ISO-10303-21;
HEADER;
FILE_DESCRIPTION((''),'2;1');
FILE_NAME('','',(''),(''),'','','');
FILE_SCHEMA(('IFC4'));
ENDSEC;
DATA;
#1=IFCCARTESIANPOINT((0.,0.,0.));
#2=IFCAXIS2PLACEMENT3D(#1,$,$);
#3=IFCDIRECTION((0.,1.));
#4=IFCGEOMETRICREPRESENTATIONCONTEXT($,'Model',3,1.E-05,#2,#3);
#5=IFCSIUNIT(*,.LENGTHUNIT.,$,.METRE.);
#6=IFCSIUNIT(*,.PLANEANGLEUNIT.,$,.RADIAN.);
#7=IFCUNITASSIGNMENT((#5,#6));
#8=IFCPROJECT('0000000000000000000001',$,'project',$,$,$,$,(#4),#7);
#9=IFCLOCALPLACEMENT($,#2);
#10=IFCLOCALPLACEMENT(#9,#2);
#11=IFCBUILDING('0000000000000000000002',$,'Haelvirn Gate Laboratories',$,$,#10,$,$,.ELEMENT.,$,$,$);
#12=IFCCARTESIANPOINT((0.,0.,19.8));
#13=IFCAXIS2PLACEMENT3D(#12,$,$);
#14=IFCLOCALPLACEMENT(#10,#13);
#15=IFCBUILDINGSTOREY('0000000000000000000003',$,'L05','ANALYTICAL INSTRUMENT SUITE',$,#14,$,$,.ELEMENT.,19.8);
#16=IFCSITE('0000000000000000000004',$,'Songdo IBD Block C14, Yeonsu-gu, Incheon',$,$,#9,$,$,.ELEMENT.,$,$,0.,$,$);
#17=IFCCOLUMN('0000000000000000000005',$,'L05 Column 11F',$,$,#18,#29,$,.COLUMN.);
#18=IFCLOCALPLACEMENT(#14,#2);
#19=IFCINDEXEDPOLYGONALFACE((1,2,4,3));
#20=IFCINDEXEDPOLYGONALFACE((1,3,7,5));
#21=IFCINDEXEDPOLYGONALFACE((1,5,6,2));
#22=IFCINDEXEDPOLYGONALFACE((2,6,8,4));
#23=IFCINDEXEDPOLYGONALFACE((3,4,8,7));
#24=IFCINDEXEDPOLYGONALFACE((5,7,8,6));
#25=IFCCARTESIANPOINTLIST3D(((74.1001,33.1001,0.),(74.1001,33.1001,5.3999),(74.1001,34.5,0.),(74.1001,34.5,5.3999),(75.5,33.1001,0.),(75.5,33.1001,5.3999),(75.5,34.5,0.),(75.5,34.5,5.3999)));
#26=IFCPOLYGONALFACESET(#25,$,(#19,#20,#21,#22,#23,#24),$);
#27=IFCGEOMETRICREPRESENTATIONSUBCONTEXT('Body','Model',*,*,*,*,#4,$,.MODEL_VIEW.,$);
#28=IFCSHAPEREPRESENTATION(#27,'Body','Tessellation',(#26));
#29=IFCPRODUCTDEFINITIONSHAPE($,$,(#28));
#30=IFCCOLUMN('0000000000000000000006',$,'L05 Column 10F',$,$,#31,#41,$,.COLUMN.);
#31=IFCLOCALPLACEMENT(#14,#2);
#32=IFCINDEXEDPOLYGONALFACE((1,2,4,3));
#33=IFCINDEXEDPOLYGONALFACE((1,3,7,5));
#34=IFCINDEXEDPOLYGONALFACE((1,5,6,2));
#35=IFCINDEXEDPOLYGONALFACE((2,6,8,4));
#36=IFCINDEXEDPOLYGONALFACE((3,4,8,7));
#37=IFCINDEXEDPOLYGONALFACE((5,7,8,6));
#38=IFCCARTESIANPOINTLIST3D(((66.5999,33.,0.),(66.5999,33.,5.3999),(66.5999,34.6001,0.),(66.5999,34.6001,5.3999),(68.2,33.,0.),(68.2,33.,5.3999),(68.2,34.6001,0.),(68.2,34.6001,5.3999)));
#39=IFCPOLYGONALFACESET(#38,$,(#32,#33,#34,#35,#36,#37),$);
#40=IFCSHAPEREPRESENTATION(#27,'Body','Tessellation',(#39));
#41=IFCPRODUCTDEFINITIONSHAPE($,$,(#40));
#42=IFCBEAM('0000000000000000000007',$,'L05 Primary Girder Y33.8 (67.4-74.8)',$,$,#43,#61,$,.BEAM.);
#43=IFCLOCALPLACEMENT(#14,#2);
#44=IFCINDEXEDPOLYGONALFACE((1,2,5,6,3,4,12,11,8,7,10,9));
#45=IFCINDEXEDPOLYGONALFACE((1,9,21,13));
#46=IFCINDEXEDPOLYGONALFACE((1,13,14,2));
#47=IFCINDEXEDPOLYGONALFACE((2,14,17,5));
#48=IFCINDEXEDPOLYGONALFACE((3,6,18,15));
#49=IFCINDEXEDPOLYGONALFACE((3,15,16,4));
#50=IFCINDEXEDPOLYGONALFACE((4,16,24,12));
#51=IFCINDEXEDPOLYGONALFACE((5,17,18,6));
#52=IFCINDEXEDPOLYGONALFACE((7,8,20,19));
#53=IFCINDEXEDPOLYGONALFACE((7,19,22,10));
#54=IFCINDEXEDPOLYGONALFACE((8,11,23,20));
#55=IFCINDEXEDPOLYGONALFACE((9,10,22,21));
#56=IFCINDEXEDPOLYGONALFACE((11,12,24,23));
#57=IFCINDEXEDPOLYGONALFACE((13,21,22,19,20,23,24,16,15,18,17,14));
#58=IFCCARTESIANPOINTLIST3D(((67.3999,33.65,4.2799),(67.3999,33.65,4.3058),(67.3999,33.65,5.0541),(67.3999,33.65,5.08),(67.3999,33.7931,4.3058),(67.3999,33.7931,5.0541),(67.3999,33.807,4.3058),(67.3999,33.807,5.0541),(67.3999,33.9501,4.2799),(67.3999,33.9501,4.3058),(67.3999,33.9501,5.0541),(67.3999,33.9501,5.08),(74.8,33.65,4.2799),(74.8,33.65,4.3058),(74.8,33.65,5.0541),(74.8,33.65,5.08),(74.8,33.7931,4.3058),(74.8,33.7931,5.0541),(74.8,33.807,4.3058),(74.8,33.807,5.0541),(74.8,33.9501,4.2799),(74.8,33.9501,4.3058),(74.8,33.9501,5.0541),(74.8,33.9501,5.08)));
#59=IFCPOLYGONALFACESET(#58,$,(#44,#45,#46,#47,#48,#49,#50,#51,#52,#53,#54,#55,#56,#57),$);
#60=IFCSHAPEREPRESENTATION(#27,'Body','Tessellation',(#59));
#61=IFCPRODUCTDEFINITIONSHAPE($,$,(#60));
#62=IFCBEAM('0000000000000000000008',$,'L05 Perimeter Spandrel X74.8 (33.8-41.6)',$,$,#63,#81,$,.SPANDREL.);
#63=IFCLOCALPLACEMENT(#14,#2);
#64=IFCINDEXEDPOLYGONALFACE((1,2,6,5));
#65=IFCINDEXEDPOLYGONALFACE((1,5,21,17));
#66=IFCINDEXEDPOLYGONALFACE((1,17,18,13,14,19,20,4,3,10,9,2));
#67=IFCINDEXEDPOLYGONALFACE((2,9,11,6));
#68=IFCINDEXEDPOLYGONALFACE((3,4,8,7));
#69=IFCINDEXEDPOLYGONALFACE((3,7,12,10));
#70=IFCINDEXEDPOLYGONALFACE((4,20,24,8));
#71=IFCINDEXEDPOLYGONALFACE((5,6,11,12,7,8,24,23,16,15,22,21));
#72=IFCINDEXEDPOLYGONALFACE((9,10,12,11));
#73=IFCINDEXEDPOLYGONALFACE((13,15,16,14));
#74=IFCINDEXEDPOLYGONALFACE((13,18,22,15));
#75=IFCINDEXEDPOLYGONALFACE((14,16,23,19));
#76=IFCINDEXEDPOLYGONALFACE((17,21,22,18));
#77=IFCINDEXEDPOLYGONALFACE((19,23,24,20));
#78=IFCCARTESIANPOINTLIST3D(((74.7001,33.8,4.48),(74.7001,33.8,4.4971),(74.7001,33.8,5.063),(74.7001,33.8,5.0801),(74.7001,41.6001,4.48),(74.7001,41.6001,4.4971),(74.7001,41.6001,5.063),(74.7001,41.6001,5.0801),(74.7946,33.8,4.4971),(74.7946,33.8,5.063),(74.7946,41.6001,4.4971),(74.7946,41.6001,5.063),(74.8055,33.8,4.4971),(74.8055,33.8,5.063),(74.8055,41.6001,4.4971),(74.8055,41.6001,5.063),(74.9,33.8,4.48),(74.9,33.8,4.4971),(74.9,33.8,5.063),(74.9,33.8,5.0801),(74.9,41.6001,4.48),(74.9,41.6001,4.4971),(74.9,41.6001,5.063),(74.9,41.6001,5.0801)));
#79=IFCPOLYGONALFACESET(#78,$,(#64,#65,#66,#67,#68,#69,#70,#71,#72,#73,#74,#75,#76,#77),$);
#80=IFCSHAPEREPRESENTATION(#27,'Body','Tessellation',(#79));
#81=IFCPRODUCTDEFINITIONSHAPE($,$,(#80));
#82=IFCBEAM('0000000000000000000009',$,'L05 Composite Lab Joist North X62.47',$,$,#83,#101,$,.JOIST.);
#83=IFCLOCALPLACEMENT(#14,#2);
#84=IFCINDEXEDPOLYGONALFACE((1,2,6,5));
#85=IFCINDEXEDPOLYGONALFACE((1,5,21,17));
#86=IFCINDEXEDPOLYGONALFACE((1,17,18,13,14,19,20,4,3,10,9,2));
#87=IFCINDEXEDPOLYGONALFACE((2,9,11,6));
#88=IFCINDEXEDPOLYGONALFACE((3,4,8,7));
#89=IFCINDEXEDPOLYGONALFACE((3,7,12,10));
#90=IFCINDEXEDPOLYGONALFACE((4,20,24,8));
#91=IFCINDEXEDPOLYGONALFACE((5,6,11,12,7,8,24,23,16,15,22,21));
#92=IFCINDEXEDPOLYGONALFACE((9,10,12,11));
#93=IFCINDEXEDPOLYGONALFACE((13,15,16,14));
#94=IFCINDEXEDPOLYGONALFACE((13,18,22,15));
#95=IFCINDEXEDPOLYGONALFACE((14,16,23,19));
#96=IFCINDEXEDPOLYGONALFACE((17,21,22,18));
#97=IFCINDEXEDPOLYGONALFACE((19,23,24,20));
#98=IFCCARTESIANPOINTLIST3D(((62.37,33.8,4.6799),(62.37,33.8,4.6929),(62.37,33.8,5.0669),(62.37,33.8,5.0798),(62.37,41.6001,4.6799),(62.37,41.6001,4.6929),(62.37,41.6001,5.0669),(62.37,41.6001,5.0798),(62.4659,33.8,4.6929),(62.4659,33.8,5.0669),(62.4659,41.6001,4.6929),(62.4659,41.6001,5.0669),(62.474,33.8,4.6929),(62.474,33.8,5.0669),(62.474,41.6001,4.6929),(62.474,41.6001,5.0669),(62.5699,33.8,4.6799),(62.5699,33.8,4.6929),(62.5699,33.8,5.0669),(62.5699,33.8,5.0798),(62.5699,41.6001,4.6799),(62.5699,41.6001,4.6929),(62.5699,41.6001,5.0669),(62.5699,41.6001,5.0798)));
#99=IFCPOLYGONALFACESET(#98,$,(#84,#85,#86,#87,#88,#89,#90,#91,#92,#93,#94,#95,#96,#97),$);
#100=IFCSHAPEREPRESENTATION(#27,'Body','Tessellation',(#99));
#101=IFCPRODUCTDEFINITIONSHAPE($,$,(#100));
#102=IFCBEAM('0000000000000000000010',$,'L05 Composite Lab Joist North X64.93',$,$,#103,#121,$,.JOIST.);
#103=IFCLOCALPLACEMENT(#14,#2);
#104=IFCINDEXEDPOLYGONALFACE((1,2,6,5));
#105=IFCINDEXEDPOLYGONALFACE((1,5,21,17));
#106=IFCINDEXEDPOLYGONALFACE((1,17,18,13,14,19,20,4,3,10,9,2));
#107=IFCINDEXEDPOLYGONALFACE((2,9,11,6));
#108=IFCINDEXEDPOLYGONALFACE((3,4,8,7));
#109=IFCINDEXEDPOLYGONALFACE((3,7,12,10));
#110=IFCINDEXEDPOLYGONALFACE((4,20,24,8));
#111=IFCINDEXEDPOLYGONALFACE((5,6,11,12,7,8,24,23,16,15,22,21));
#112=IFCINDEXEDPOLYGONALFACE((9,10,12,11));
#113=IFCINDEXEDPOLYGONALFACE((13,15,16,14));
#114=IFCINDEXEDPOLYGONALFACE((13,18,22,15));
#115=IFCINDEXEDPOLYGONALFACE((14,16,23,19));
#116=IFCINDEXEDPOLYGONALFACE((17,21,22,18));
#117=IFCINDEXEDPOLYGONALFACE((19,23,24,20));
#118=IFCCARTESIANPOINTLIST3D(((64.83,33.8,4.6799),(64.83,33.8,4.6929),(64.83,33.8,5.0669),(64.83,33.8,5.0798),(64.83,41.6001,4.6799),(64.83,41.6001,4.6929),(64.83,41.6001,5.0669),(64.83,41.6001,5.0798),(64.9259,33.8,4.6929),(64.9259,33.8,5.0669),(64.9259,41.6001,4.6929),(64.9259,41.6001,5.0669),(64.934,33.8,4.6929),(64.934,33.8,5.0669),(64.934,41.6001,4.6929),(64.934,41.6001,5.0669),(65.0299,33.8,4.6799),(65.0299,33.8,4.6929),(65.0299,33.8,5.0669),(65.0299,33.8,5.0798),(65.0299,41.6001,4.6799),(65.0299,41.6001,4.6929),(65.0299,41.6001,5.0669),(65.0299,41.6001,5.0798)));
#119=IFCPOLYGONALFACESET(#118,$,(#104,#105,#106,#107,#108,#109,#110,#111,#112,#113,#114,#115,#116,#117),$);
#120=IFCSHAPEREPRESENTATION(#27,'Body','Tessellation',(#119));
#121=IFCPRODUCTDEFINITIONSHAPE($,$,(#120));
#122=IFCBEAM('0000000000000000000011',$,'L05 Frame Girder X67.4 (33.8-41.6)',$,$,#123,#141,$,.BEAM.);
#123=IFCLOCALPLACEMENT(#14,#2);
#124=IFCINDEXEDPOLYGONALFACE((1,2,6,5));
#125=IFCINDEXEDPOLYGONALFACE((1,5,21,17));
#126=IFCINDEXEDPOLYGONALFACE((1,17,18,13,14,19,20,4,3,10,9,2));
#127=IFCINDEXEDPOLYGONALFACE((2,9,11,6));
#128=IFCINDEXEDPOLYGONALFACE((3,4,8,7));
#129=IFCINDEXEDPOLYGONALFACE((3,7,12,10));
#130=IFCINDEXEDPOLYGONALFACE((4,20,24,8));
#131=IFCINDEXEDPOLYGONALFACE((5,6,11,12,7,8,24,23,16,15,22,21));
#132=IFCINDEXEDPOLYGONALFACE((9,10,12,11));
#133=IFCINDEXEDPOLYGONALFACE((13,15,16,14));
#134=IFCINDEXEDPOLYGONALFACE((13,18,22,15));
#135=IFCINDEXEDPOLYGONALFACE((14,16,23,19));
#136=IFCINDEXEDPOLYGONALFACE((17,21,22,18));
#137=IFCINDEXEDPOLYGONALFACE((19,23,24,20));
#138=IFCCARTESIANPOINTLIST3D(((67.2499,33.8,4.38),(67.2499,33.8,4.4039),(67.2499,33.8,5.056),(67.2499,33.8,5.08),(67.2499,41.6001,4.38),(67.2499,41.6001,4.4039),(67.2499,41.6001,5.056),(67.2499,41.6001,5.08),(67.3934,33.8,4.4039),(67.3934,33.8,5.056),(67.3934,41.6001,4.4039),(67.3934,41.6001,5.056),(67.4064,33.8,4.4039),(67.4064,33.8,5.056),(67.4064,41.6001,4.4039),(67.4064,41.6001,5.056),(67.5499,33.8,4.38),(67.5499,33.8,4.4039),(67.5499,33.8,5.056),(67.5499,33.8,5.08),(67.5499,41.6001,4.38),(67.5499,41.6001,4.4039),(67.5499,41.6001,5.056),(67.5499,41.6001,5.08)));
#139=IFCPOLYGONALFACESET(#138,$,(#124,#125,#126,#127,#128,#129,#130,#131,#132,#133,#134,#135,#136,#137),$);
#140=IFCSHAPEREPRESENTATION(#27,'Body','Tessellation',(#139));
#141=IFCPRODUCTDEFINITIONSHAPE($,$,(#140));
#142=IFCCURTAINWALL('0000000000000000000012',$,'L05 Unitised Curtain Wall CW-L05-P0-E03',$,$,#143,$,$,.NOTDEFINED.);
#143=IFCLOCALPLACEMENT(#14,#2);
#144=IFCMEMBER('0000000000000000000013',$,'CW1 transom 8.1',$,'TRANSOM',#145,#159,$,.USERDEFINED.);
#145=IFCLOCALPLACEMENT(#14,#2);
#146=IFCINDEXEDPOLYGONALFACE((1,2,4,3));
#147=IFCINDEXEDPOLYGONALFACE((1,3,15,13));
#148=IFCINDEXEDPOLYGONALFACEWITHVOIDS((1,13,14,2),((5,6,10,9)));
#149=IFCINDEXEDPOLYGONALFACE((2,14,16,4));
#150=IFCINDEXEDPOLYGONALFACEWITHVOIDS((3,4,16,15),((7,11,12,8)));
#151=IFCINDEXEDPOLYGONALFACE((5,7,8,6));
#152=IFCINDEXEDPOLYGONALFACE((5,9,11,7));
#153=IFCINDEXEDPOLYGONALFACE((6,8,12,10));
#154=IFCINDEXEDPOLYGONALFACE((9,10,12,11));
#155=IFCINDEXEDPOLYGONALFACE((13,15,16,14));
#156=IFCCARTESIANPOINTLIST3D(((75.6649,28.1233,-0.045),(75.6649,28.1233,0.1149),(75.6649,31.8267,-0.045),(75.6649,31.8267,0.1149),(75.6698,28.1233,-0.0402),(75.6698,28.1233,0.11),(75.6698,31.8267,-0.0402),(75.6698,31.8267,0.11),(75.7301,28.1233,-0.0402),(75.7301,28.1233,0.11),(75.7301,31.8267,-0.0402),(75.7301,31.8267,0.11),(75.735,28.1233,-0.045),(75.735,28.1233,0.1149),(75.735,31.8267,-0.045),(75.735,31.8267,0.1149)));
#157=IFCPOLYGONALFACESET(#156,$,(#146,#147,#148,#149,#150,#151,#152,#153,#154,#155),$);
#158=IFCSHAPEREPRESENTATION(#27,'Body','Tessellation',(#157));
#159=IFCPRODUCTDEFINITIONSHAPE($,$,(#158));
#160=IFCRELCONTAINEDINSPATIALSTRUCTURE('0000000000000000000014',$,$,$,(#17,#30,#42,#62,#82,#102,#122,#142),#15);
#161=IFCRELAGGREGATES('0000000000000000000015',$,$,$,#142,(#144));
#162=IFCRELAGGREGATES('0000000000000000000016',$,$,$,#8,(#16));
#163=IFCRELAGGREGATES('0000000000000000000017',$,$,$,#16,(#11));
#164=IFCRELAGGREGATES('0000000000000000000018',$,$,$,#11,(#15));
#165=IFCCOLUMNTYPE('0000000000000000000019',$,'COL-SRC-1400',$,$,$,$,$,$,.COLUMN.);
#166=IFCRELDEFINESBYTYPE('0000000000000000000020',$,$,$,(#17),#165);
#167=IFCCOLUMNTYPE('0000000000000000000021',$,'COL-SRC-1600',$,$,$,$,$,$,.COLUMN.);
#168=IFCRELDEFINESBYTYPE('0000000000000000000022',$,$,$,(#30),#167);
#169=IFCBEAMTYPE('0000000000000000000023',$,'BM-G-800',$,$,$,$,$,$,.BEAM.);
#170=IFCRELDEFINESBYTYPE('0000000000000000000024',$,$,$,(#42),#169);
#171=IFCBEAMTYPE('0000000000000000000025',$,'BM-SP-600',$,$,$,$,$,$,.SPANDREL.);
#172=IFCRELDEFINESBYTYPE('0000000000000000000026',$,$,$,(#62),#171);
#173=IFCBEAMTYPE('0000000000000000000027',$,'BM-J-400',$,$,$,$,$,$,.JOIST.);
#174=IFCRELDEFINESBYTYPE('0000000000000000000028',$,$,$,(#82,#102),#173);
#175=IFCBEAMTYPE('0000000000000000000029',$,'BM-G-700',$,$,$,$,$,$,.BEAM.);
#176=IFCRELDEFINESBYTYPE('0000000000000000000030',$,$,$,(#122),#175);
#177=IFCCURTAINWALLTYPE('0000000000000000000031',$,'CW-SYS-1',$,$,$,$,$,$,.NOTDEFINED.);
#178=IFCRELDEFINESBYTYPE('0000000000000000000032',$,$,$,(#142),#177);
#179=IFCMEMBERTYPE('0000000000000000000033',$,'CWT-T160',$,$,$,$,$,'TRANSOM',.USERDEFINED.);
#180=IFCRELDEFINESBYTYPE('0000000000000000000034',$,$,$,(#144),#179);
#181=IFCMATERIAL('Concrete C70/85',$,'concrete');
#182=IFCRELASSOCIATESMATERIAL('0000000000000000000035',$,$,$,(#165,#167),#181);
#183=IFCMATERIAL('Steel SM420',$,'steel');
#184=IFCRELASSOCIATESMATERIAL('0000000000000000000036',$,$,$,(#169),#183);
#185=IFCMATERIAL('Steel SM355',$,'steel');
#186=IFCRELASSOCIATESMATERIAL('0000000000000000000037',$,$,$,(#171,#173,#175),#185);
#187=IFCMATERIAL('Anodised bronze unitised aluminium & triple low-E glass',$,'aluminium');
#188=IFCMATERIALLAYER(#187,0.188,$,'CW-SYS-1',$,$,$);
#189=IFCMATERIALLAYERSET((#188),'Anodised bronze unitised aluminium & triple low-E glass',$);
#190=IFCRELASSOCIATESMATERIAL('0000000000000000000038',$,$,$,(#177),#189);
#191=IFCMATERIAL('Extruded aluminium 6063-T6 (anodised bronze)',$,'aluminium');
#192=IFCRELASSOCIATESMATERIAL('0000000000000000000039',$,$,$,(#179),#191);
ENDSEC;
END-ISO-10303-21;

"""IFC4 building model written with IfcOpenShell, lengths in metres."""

from ifc_helpers import new_model, si_unit, direction, frame, origin, origin_2d, place, context, subcontext, project, spatial, rectangle, hollow_rectangle, i_section, extrude, source, transform, mapped, material, layer, layer_set, material_profile, profile_set, type_object, type_shapes, element, aggregate, save


model = new_model("IFC4")

# Units and contexts
model_context = context("Model", 3, precision=1e-05, world=origin(), true_north=direction((0.0, 1.0)))
body_context = subcontext(model_context, "Body", "Model", "MODEL_VIEW")
ifc_project = project(units=[si_unit("LENGTHUNIT", "METRE"), si_unit("PLANEANGLEUNIT", "RADIAN")], contexts=[model_context])

# Site, building, storey
site_placement = place(None, origin())
site = spatial("IfcSite", under=ifc_project, at=site_placement, Name="Songdo IBD Block C14, Yeonsu-gu, Incheon", CompositionType="ELEMENT", RefElevation=0.0)
building_placement = place(site_placement, origin())
building = spatial("IfcBuilding", under=site, at=building_placement, Name="Haelvirn Gate Laboratories", CompositionType="ELEMENT")
storey_placement = place(building_placement, frame((0.0, 0.0, 19.8)))
storey = spatial("IfcBuildingStorey", under=building, at=storey_placement, Name="L05", Description="ANALYTICAL INSTRUMENT SUITE", CompositionType="ELEMENT", Elevation=19.8)

# Columns
ifc_material_1 = material(Name="Concrete C70/85", Category="concrete")
ifc_material_profile_1 = material_profile(ifc_material_1, rectangle(XDim=1.3999, YDim=1.3999, at=origin_2d()), Name="SRC-1400x1400")
ifc_profile_set_1 = profile_set([ifc_material_profile_1], Name="Concrete C70/85")
column_type_1 = type_object("IfcColumnType", Name="COL-SRC-1400", PredefinedType="COLUMN", material=ifc_profile_set_1)
shared_shape_1 = source(origin(), body_context, "Body", "SweptSolid", [
    extrude(rectangle(XDim=1.3999, YDim=1.3999, at=origin_2d()), origin(), (0.0, 0.0, 1.0), 5.3999),
])
type_shapes(column_type_1, [shared_shape_1])
column_1_placement = place(storey_placement, frame((74.8, 33.8, 0.0), z_axis=(0.0, 0.0, 1.0), x_axis=(1.0, 0.0, 0.0)))
element("IfcColumn", 1, at=column_1_placement, inside=storey, type_object=column_type_1, Name="L05 Column 11F", PredefinedType="COLUMN", context=body_context, shape_type="MappedRepresentation", body=[
    mapped(shared_shape_1, transform((0.0, 0.0, 0.0), scale=1.0)),
])
ifc_material_profile_2 = material_profile(ifc_material_1, rectangle(XDim=1.6001, YDim=1.6001, at=origin_2d()), Name="SRC-1600x1600")
ifc_profile_set_2 = profile_set([ifc_material_profile_2], Name="Concrete C70/85")
column_type_2 = type_object("IfcColumnType", Name="COL-SRC-1600", PredefinedType="COLUMN", material=ifc_profile_set_2)
shared_shape_2 = source(origin(), body_context, "Body", "SweptSolid", [
    extrude(rectangle(XDim=1.6001, YDim=1.6001, at=origin_2d()), origin(), (0.0, 0.0, 1.0), 5.3999),
])
type_shapes(column_type_2, [shared_shape_2])
column_2_placement = place(storey_placement, frame((67.3999, 33.8, 0.0), z_axis=(0.0, 0.0, 1.0), x_axis=(1.0, 0.0, 0.0)))
element("IfcColumn", 2, at=column_2_placement, inside=storey, type_object=column_type_2, Name="L05 Column 10F", PredefinedType="COLUMN", context=body_context, shape_type="MappedRepresentation", body=[
    mapped(shared_shape_2, transform((0.0, 0.0, 0.0), scale=1.0)),
])

# Beams
ifc_material_2 = material(Name="Steel SM420", Category="steel")
ifc_material_profile_3 = material_profile(ifc_material_2, i_section(OverallWidth=0.3, OverallDepth=0.8, WebThickness=0.0139, FlangeThickness=0.0259, at=origin_2d()), Name="H-800x300x14x26")
ifc_profile_set_3 = profile_set([ifc_material_profile_3], Name="Steel SM420")
beam_type_1 = type_object("IfcBeamType", Name="BM-G-800", PredefinedType="BEAM", material=ifc_profile_set_3)
shared_shape_3 = source(origin(), body_context, "Body", "SweptSolid", [
    extrude(i_section(OverallWidth=0.3, OverallDepth=0.8, WebThickness=0.0139, FlangeThickness=0.0259, at=origin_2d()), origin(), (0.0, 0.0, 1.0), 7.4001),
])
type_shapes(beam_type_1, [shared_shape_3])
beam_1_placement = place(storey_placement, frame((67.3999, 33.8, 4.6799), z_axis=(1.0, 0.0, 0.0), x_axis=(0.0, 1.0, 0.0)))
element("IfcBeam", 3, at=beam_1_placement, inside=storey, type_object=beam_type_1, Name="L05 Primary Girder Y33.8 (67.4-74.8)", PredefinedType="BEAM", context=body_context, shape_type="MappedRepresentation", body=[
    mapped(shared_shape_3, transform((0.0, 0.0, 0.0), scale=1.0)),
])
ifc_material_3 = material(Name="Steel SM355", Category="steel")
ifc_material_profile_4 = material_profile(ifc_material_3, i_section(OverallWidth=0.2, OverallDepth=0.6001, WebThickness=0.011, FlangeThickness=0.0171, at=origin_2d()), Name="H-600x200x11x17")
ifc_profile_set_4 = profile_set([ifc_material_profile_4], Name="Steel SM355")
beam_type_2 = type_object("IfcBeamType", Name="BM-SP-600", PredefinedType="SPANDREL", material=ifc_profile_set_4)
shared_shape_4 = source(origin(), body_context, "Body", "SweptSolid", [
    extrude(i_section(OverallWidth=0.2, OverallDepth=0.6001, WebThickness=0.011, FlangeThickness=0.0171, at=origin_2d()), origin(), (0.0, 0.0, 1.0), 7.8),
])
type_shapes(beam_type_2, [shared_shape_4])
beam_2_placement = place(storey_placement, frame((74.8, 33.8, 4.78), z_axis=(0.0, 1.0, 0.0), x_axis=(-1.0, 0.0, 0.0)))
element("IfcBeam", 4, at=beam_2_placement, inside=storey, type_object=beam_type_2, Name="L05 Perimeter Spandrel X74.8 (33.8-41.6)", PredefinedType="SPANDREL", context=body_context, shape_type="MappedRepresentation", body=[
    mapped(shared_shape_4, transform((0.0, 0.0, 0.0), scale=1.0)),
])
ifc_material_profile_5 = material_profile(ifc_material_3, i_section(OverallWidth=0.2, OverallDepth=0.3999, WebThickness=0.0081, FlangeThickness=0.0129, at=origin_2d()), Name="H-400x200x8x13")
ifc_profile_set_5 = profile_set([ifc_material_profile_5], Name="Steel SM355")
beam_type_3 = type_object("IfcBeamType", Name="BM-J-400", PredefinedType="JOIST", material=ifc_profile_set_5)
shared_shape_5 = source(origin(), body_context, "Body", "SweptSolid", [
    extrude(i_section(OverallWidth=0.2, OverallDepth=0.3999, WebThickness=0.0081, FlangeThickness=0.0129, at=origin_2d()), origin(), (0.0, 0.0, 1.0), 7.8),
])
type_shapes(beam_type_3, [shared_shape_5])
for number, where, z_axis, x_axis, name in (
    (5, (62.47, 33.8, 4.8799), (0.0, 1.0, 0.0), (-1.0, 0.0, 0.0), "L05 Composite Lab Joist North X62.47"),
    (6, (64.9299, 33.8, 4.8799), (0.0, 1.0, 0.0), (-1.0, 0.0, 0.0), "L05 Composite Lab Joist North X64.93"),
):
    element("IfcBeam", number, at=place(storey_placement, frame(where, z_axis=z_axis, x_axis=x_axis)), inside=storey, type_object=beam_type_3, Name=name, PredefinedType="JOIST", context=body_context, shape_type="MappedRepresentation", body=[
        mapped(shared_shape_5, transform((0.0, 0.0, 0.0), scale=1.0)),
    ])
ifc_material_profile_6 = material_profile(ifc_material_3, i_section(OverallWidth=0.3, OverallDepth=0.7, WebThickness=0.0129, FlangeThickness=0.0239, at=origin_2d()), Name="H-700x300x13x24")
ifc_profile_set_6 = profile_set([ifc_material_profile_6], Name="Steel SM355")
beam_type_4 = type_object("IfcBeamType", Name="BM-G-700", PredefinedType="BEAM", material=ifc_profile_set_6)
shared_shape_6 = source(origin(), body_context, "Body", "SweptSolid", [
    extrude(i_section(OverallWidth=0.3, OverallDepth=0.7, WebThickness=0.0129, FlangeThickness=0.0239, at=origin_2d()), origin(), (0.0, 0.0, 1.0), 7.8),
])
type_shapes(beam_type_4, [shared_shape_6])
beam_3_placement = place(storey_placement, frame((67.3999, 33.8, 4.73), z_axis=(0.0, 1.0, 0.0), x_axis=(-1.0, 0.0, 0.0)))
element("IfcBeam", 7, at=beam_3_placement, inside=storey, type_object=beam_type_4, Name="L05 Frame Girder X67.4 (33.8-41.6)", PredefinedType="BEAM", context=body_context, shape_type="MappedRepresentation", body=[
    mapped(shared_shape_6, transform((0.0, 0.0, 0.0), scale=1.0)),
])

# Curtain wall, member
ifc_material_4 = material(Name="Anodised bronze unitised aluminium & triple low-E glass", Category="aluminium")
ifc_layer_1 = layer(ifc_material_4, 0.188, Name="CW-SYS-1")
ifc_layer_set_1 = layer_set([ifc_layer_1], Name="Anodised bronze unitised aluminium & triple low-E glass")
curtain_wall_type = type_object("IfcCurtainWallType", Name="CW-SYS-1", PredefinedType="NOTDEFINED", material=ifc_layer_set_1)
curtain_wall_placement = place(storey_placement, origin())
curtain_wall = element("IfcCurtainWall", 8, at=curtain_wall_placement, inside=storey, type_object=curtain_wall_type, Name="L05 Unitised Curtain Wall CW-L05-P0-E03", PredefinedType="NOTDEFINED")
ifc_material_5 = material(Name="Extruded aluminium 6063-T6 (anodised bronze)", Category="aluminium")
ifc_material_profile_7 = material_profile(ifc_material_5, hollow_rectangle(XDim=0.0701, YDim=0.1599, WallThickness=0.0049, at=origin_2d()), Name="CWT-160x70x5")
ifc_profile_set_7 = profile_set([ifc_material_profile_7], Name="Extruded aluminium 6063-T6 (anodised bronze)")
member_type_1 = type_object("IfcMemberType", Name="CWT-T160", ElementType="TRANSOM", PredefinedType="USERDEFINED", material=ifc_profile_set_7)
shared_shape_7 = source(origin(), body_context, "Body", "SweptSolid", [
    extrude(hollow_rectangle(XDim=0.0701, YDim=0.1599, WallThickness=0.0049, at=origin_2d()), origin(), (0.0, 0.0, 1.0), 3.7034),
])
member_1_placement = place(storey_placement, frame((75.7, 28.1233, 0.0349), z_axis=(0.0, 1.0, 0.0), x_axis=(-1.0, 0.0, 0.0)))
member_1 = element("IfcMember", 9, at=member_1_placement, type_object=member_type_1, Name="CW1 transom 8.1", ObjectType="TRANSOM", PredefinedType="USERDEFINED", context=body_context, shape_type="MappedRepresentation", body=[
    mapped(shared_shape_7, transform((0.0, 0.0, 0.0), scale=1.0)),
])
aggregate(curtain_wall, [member_1])

save(model, "model.ifc")
